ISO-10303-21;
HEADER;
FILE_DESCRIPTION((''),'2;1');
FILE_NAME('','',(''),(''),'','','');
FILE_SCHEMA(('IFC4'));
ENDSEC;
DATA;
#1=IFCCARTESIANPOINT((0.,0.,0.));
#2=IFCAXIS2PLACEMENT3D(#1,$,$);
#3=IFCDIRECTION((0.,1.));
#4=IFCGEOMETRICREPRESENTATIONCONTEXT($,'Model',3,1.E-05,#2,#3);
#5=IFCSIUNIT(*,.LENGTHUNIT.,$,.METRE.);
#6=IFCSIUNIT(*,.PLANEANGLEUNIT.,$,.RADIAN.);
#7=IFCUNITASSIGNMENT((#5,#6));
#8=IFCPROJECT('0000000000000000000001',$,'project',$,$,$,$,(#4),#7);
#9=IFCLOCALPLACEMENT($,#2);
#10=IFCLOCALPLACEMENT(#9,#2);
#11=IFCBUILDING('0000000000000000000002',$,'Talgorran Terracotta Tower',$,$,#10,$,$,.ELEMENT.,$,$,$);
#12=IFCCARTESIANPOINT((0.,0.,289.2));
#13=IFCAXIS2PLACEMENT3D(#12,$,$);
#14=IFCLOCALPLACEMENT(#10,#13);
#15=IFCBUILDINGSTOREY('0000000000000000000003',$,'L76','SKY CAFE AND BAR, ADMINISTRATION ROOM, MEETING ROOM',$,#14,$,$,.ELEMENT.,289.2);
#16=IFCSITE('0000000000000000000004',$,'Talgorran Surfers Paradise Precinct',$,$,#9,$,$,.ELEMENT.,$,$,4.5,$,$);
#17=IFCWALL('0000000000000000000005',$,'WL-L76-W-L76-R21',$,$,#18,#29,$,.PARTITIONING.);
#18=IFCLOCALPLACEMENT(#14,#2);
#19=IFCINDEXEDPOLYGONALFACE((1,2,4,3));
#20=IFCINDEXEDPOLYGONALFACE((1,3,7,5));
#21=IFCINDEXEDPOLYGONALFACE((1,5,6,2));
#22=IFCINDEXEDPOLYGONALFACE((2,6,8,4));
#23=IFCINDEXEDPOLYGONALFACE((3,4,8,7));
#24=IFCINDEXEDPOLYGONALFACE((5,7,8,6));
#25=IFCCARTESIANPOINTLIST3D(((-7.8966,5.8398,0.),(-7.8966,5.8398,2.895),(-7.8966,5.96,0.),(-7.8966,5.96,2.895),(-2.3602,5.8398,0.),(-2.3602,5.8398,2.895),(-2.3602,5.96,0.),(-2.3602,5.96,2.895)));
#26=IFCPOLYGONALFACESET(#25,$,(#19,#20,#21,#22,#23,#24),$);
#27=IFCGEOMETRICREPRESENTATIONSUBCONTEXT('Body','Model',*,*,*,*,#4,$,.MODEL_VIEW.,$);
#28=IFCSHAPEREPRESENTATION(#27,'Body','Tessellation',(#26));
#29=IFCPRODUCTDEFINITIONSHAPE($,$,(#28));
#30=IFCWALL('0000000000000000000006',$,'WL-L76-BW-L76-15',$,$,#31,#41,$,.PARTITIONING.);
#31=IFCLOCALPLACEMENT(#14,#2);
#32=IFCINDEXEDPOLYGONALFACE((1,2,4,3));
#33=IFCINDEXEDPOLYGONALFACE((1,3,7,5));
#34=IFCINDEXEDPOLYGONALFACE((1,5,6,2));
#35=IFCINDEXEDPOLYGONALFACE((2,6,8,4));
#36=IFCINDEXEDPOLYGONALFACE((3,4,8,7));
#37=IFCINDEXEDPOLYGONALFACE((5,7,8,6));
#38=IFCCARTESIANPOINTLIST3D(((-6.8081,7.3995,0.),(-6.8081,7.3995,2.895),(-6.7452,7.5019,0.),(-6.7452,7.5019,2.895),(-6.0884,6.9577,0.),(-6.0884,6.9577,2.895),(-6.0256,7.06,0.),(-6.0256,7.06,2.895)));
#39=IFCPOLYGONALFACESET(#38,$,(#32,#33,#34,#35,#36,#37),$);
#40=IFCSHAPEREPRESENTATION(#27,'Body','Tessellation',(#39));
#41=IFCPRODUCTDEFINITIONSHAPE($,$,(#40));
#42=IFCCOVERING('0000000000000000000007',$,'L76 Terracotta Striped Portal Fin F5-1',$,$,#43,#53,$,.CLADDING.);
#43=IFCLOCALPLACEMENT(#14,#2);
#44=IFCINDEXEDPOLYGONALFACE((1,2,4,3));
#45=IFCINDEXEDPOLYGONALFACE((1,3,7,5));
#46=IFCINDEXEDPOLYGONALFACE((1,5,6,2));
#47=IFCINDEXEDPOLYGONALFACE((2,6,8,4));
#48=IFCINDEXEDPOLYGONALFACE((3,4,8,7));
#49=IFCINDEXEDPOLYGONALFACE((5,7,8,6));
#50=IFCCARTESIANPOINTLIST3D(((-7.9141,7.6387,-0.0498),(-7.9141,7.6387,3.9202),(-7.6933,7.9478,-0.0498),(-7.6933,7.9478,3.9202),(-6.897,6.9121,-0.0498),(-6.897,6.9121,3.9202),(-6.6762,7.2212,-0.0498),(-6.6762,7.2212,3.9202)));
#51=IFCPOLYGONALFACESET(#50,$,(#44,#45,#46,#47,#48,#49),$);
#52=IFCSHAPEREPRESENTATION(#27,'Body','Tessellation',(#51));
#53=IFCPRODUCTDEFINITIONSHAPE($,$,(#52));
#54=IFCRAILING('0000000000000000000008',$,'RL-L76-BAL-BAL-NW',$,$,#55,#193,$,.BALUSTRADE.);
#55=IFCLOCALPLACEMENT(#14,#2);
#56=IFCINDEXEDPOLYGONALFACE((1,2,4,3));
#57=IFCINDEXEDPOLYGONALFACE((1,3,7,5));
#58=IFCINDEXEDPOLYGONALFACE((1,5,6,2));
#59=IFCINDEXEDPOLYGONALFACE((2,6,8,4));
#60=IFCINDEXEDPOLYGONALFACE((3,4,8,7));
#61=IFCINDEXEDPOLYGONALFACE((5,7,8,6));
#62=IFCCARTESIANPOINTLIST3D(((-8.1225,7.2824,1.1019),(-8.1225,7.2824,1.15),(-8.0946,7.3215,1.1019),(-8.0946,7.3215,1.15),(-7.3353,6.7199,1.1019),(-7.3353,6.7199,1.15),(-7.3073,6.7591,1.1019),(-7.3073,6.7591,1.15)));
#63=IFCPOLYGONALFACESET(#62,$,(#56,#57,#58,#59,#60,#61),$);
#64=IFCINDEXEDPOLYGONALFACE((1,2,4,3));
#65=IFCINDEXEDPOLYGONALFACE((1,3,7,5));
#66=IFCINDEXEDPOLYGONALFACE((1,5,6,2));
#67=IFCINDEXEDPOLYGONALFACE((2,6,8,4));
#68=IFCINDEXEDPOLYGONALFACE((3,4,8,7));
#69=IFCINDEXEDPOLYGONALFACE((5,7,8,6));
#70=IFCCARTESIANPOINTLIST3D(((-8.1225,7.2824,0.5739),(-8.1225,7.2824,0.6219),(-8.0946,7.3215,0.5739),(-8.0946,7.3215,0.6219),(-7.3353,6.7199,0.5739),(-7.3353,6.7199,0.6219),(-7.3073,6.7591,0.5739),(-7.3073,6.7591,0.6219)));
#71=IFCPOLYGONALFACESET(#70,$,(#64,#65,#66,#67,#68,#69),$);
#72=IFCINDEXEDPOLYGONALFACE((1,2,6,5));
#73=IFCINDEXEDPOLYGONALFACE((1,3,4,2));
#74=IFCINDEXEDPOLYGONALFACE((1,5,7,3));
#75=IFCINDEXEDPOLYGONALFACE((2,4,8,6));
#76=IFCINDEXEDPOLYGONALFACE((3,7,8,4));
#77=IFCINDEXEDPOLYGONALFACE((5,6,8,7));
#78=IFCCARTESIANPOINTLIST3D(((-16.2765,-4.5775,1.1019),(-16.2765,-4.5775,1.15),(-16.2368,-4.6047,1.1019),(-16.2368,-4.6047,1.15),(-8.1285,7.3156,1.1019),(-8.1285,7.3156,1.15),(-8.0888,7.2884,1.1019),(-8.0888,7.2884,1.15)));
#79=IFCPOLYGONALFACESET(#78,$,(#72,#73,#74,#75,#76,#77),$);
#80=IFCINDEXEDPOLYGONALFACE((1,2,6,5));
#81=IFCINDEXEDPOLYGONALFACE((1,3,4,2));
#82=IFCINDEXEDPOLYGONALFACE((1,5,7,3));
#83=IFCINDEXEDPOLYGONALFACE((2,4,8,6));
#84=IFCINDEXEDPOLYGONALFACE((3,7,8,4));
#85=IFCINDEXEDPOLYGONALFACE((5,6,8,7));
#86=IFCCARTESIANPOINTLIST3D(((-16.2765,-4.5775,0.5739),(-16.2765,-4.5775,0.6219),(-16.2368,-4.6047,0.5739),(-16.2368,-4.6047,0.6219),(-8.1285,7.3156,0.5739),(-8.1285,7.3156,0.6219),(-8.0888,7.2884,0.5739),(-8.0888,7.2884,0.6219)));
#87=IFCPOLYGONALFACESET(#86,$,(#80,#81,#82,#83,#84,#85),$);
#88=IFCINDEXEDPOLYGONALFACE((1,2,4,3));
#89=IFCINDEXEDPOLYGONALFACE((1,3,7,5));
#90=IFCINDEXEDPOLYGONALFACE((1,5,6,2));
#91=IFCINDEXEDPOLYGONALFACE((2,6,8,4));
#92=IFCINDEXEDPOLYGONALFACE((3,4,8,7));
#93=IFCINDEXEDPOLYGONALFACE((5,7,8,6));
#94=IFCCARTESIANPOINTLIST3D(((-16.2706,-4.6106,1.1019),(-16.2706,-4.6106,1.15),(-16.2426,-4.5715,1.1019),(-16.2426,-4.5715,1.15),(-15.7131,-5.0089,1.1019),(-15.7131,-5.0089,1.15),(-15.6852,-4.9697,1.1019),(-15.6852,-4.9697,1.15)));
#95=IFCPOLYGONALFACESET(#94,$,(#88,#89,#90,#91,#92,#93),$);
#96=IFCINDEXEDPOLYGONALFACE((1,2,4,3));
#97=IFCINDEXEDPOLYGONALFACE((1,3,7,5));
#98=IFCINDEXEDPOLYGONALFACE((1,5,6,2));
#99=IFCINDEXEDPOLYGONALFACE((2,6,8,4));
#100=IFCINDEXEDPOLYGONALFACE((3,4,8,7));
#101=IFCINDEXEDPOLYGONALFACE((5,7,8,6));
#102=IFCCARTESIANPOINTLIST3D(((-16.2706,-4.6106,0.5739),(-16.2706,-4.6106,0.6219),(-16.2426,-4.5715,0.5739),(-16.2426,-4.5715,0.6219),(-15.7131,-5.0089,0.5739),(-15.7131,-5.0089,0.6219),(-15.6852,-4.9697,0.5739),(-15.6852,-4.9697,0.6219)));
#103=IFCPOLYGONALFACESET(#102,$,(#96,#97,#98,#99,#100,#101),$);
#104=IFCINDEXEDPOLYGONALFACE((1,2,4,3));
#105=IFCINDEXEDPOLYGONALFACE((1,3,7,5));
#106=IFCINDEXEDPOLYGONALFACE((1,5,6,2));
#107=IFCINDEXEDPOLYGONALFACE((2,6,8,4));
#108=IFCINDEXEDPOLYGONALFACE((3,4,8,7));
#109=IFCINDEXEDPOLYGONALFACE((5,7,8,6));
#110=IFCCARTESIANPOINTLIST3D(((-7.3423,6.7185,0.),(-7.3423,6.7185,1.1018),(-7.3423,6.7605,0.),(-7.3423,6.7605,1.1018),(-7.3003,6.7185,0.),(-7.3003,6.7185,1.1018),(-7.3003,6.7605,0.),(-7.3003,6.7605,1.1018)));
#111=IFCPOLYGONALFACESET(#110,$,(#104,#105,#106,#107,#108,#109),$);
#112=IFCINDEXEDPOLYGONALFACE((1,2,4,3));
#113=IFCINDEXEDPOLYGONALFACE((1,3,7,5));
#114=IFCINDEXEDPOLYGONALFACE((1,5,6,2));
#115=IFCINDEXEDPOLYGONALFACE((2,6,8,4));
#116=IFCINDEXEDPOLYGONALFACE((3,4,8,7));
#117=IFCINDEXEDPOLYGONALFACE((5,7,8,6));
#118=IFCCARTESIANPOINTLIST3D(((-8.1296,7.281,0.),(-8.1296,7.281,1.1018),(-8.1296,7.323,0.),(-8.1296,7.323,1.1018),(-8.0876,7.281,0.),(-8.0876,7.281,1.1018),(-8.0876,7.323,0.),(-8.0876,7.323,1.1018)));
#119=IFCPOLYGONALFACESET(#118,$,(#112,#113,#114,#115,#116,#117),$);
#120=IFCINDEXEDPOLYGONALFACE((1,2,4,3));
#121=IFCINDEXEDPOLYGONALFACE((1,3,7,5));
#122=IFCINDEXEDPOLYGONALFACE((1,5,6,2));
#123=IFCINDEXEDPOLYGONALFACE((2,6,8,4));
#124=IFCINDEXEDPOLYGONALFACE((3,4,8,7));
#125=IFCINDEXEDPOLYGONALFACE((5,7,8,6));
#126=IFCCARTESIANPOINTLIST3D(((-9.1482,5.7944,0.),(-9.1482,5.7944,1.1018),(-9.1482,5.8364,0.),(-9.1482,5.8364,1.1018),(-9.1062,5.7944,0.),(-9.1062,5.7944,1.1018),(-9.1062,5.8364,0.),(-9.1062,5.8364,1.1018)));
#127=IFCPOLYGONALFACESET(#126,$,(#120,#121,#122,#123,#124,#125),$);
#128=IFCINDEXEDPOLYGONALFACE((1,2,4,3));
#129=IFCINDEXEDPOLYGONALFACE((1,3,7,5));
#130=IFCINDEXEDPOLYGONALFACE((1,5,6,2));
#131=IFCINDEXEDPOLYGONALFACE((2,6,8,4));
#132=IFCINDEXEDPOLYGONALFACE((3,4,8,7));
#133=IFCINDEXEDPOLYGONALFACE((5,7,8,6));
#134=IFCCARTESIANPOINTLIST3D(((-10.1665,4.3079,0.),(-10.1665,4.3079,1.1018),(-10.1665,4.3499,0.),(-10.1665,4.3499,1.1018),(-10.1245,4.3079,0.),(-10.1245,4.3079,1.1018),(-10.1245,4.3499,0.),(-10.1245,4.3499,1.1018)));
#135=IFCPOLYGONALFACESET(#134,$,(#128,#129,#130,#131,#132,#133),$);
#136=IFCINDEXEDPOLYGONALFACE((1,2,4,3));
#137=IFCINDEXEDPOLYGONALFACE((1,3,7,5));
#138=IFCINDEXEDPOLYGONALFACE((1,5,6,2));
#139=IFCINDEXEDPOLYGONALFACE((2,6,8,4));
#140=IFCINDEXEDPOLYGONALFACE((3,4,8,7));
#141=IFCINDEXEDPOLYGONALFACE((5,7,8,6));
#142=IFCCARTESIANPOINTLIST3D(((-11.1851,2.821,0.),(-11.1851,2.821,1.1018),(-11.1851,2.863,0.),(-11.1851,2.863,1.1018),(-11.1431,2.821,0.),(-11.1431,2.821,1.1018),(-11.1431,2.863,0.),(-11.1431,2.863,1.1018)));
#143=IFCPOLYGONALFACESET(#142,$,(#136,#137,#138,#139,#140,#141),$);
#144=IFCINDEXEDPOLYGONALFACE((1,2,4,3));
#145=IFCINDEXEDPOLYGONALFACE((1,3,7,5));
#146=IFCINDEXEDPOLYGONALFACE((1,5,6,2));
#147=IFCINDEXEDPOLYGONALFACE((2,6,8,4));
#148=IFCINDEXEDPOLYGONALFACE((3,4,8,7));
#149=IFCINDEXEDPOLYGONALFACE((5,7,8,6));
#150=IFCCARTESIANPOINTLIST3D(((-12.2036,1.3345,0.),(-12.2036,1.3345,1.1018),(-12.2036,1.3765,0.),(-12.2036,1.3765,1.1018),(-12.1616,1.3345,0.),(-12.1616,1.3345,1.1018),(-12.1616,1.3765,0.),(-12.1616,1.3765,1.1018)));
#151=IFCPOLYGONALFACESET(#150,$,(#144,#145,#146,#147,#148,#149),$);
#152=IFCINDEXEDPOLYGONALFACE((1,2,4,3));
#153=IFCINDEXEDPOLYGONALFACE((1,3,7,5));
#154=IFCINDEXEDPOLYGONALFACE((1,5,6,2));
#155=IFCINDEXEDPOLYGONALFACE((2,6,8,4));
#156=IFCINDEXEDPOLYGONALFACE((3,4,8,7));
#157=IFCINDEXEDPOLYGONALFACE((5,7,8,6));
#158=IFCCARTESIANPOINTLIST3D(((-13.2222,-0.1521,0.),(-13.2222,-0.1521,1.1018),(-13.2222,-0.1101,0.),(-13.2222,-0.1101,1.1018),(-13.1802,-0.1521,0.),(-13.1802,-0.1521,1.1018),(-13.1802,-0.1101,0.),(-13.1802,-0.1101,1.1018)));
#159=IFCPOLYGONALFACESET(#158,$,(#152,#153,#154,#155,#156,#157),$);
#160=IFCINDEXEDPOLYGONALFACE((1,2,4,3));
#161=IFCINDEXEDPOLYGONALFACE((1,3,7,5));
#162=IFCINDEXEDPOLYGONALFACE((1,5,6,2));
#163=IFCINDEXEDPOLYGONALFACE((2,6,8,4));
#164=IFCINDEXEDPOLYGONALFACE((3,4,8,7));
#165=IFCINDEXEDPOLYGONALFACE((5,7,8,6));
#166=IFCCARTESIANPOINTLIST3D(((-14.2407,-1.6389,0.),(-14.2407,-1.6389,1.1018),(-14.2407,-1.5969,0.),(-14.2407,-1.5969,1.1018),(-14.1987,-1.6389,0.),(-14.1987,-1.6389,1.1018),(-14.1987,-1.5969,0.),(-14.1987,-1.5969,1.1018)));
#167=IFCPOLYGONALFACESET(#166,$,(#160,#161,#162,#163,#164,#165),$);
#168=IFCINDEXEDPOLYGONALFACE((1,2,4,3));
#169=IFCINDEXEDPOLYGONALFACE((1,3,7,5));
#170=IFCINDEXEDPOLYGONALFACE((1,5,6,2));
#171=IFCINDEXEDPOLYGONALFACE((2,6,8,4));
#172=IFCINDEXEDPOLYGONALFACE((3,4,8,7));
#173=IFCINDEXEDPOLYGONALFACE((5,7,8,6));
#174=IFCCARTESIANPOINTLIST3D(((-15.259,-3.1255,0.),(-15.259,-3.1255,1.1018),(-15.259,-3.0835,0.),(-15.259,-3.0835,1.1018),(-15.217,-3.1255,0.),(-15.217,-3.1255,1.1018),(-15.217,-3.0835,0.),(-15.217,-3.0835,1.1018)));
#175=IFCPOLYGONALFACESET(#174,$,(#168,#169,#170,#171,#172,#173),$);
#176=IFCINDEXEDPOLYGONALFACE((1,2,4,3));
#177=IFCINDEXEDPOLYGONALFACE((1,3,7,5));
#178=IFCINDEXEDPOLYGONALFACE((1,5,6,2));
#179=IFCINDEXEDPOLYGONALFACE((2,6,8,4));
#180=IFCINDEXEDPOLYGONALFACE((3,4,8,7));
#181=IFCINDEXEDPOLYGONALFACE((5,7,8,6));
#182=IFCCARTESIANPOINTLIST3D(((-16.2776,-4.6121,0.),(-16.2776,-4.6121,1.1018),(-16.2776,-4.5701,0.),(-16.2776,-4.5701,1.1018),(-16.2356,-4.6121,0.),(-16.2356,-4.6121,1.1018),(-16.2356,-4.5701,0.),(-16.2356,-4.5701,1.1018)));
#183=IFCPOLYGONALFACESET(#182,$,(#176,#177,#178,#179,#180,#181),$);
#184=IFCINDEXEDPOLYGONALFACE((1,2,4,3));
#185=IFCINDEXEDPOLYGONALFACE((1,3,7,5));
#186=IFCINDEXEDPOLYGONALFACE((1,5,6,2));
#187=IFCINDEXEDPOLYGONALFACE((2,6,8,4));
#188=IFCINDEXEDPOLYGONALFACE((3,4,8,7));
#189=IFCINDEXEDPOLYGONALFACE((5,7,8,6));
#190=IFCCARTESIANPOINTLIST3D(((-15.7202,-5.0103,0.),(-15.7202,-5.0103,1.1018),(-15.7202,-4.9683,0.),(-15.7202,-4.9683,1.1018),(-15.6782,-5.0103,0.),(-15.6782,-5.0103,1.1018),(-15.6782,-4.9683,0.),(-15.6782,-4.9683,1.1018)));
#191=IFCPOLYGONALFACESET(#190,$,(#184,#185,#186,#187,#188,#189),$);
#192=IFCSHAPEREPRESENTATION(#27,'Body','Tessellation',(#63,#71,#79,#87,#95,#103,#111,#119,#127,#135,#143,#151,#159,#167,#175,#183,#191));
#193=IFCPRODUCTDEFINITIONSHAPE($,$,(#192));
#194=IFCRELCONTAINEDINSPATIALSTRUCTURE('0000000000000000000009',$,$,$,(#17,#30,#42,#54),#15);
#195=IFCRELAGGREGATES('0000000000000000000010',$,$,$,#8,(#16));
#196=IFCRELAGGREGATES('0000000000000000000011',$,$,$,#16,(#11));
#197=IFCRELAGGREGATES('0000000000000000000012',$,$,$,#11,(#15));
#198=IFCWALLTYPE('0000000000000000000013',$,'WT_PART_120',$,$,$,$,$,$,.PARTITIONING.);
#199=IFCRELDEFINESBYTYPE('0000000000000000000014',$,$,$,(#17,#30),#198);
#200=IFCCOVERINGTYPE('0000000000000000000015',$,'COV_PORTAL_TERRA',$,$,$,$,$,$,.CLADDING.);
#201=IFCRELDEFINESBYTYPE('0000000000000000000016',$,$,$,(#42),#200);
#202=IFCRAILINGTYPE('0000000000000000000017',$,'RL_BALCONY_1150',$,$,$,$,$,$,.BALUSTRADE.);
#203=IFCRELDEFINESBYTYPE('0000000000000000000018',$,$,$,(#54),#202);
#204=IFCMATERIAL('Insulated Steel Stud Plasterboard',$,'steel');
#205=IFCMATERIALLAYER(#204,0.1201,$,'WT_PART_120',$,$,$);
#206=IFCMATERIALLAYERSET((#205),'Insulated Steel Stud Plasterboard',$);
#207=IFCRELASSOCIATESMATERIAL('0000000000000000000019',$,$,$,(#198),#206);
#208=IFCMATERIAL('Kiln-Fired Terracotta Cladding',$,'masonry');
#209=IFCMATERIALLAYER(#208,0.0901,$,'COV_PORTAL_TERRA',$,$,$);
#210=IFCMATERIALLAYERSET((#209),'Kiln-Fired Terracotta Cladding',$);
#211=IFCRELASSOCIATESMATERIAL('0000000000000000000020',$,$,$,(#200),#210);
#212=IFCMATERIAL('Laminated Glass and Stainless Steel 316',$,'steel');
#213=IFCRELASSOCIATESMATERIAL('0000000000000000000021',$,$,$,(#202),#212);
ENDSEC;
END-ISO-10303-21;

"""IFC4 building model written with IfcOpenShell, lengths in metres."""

from ifc_helpers import new_model, si_unit, direction, frame, frame_2d, origin, origin_2d, place, context, subcontext, project, spatial, rectangle, extrude, material, layer, layer_set, type_object, element, save


model = new_model("IFC4")

# Units and contexts
model_context = context("Model", 3, precision=1e-05, world=origin(), true_north=direction((0.0, 1.0)))
body_context = subcontext(model_context, "Body", "Model", "MODEL_VIEW")
ifc_project = project(units=[si_unit("LENGTHUNIT", "METRE"), si_unit("PLANEANGLEUNIT", "RADIAN")], contexts=[model_context])

# Site, building, storey
site_placement = place(None, origin())
site = spatial("IfcSite", under=ifc_project, at=site_placement, Name="Talgorran Surfers Paradise Precinct", CompositionType="ELEMENT", RefElevation=4.5)
building_placement = place(site_placement, origin())
building = spatial("IfcBuilding", under=site, at=building_placement, Name="Talgorran Terracotta Tower", CompositionType="ELEMENT")
storey_placement = place(building_placement, frame((0.0, 0.0, 289.2)))
storey = spatial("IfcBuildingStorey", under=building, at=storey_placement, Name="L76", Description="SKY CAFE AND BAR, ADMINISTRATION ROOM, MEETING ROOM", CompositionType="ELEMENT", Elevation=289.2)

# Walls
ifc_material_1 = material(Name="Insulated Steel Stud Plasterboard", Category="steel")
ifc_layer_1 = layer(ifc_material_1, 0.1201, Name="WT_PART_120")
ifc_layer_set_1 = layer_set([ifc_layer_1], Name="Insulated Steel Stud Plasterboard")
wall_type_1 = type_object("IfcWallType", Name="WT_PART_120", PredefinedType="PARTITIONING", material=ifc_layer_set_1)
wall_1_placement = place(storey_placement, frame((-7.8965, 5.8999, 0.0), z_axis=(0.0, 0.0, 1.0), x_axis=(1.0, 0.0, 0.0)))
element("IfcWall", 1, at=wall_1_placement, inside=storey, type_object=wall_type_1, Name="WL-L76-W-L76-R21", PredefinedType="PARTITIONING", context=body_context, shape_type="SweptSolid", body=[
    extrude(rectangle(XDim=5.5364, YDim=0.1201, at=frame_2d((2.7681, 0.0))), origin(), (0.0, 0.0, 1.0), 2.895),
])
wall_2_placement = place(storey_placement, frame((-6.0569, 7.0088, 0.0), z_axis=(0.0, 0.0, 1.0), x_axis=(-0.852194, 0.523226, 0.0)))
element("IfcWall", 2, at=wall_2_placement, inside=storey, type_object=wall_type_1, Name="WL-L76-BW-L76-15", PredefinedType="PARTITIONING", context=body_context, shape_type="SweptSolid", body=[
    extrude(rectangle(XDim=0.8445, YDim=0.1201, at=frame_2d((0.4224, 0.0))), origin(), (0.0, 0.0, 1.0), 2.895),
])

# Covering
ifc_material_2 = material(Name="Kiln-Fired Terracotta Cladding", Category="masonry")
ifc_layer_2 = layer(ifc_material_2, 0.0901, Name="COV_PORTAL_TERRA")
ifc_layer_set_2 = layer_set([ifc_layer_2], Name="Kiln-Fired Terracotta Cladding")
covering_type = type_object("IfcCoveringType", Name="COV_PORTAL_TERRA", PredefinedType="CLADDING", material=ifc_layer_set_2)
covering_placement = place(storey_placement, frame((-7.2952, 7.4299, -0.0498), z_axis=(0.0, 0.0, 1.0), x_axis=(-0.581257, -0.81372, 0.0)))
element("IfcCovering", 3, at=covering_placement, inside=storey, type_object=covering_type, Name="L76 Terracotta Striped Portal Fin F5-1", PredefinedType="CLADDING", context=body_context, shape_type="SweptSolid", body=[
    extrude(rectangle(XDim=0.3799, YDim=1.25, at=origin_2d()), origin(), (0.0, 0.0, 1.0), 3.97),
])

# Railing
ifc_material_3 = material(Name="Laminated Glass and Stainless Steel 316", Category="steel")
railing_type = type_object("IfcRailingType", Name="RL_BALCONY_1150", PredefinedType="BALUSTRADE", material=ifc_material_3)
railing_placement = place(storey_placement, frame((-7.3213, 6.7395, 0.0)))
element("IfcRailing", 4, at=railing_placement, inside=storey, type_object=railing_type, Name="RL-L76-BAL-BAL-NW", PredefinedType="BALUSTRADE", context=body_context, shape_type="SweptSolid", body=[
    extrude(rectangle(XDim=0.0481, YDim=0.0481, at=origin_2d()), frame((0.0, 0.0, 1.126), z_axis=(-0.813682, 0.58131, 0.0), x_axis=(-0.58131, -0.813682, 0.0)), (0.0, 0.0, 1.0), 0.9675),
    extrude(rectangle(XDim=0.0481, YDim=0.0481, at=origin_2d()), frame((0.0, 0.0, 0.5979), z_axis=(-0.813682, 0.58131, 0.0), x_axis=(-0.58131, -0.813682, 0.0)), (0.0, 0.0, 1.0), 0.9675),
    extrude(rectangle(XDim=0.0481, YDim=0.0481, at=origin_2d()), frame((-0.7874, 0.5625, 1.126), z_axis=(-0.565184, -0.824965, 0.0), x_axis=(0.824965, -0.565184, 0.0)), (0.0, 0.0, 1.0), 14.4165),
    extrude(rectangle(XDim=0.0481, YDim=0.0481, at=origin_2d()), frame((-0.7874, 0.5625, 0.5979), z_axis=(-0.565184, -0.824965, 0.0), x_axis=(0.824965, -0.565184, 0.0)), (0.0, 0.0, 1.0), 14.4165),
    extrude(rectangle(XDim=0.0481, YDim=0.0481, at=origin_2d()), frame((-8.9353, -11.3306, 1.126), z_axis=(0.813685, -0.581306, 0.0), x_axis=(0.581306, 0.813685, 0.0)), (0.0, 0.0, 1.0), 0.6851),
    extrude(rectangle(XDim=0.0481, YDim=0.0481, at=origin_2d()), frame((-8.9353, -11.3306, 0.5979), z_axis=(0.813685, -0.581306, 0.0), x_axis=(0.581306, 0.813685, 0.0)), (0.0, 0.0, 1.0), 0.6851),
    extrude(rectangle(XDim=0.042, YDim=0.042, at=origin_2d()), origin(), (0.0, 0.0, 1.0), 1.1018),
    extrude(rectangle(XDim=0.042, YDim=0.042, at=origin_2d()), frame((-0.7874, 0.5625, 0.0)), (0.0, 0.0, 1.0), 1.1018),
    extrude(rectangle(XDim=0.042, YDim=0.042, at=origin_2d()), frame((-1.8059, -0.9241, 0.0)), (0.0, 0.0, 1.0), 1.1018),
    extrude(rectangle(XDim=0.042, YDim=0.042, at=origin_2d()), frame((-2.8242, -2.4106, 0.0)), (0.0, 0.0, 1.0), 1.1018),
    extrude(rectangle(XDim=0.042, YDim=0.042, at=origin_2d()), frame((-3.8428, -3.8975, 0.0)), (0.0, 0.0, 1.0), 1.1018),
    extrude(rectangle(XDim=0.042, YDim=0.042, at=origin_2d()), frame((-4.8613, -5.384, 0.0)), (0.0, 0.0, 1.0), 1.1018),
    extrude(rectangle(XDim=0.042, YDim=0.042, at=origin_2d()), frame((-5.8799, -6.8706, 0.0)), (0.0, 0.0, 1.0), 1.1018),
    extrude(rectangle(XDim=0.042, YDim=0.042, at=origin_2d()), frame((-6.8984, -8.3574, 0.0)), (0.0, 0.0, 1.0), 1.1018),
    extrude(rectangle(XDim=0.042, YDim=0.042, at=origin_2d()), frame((-7.9167, -9.844, 0.0)), (0.0, 0.0, 1.0), 1.1018),
    extrude(rectangle(XDim=0.042, YDim=0.042, at=origin_2d()), frame((-8.9353, -11.3306, 0.0)), (0.0, 0.0, 1.0), 1.1018),
    extrude(rectangle(XDim=0.042, YDim=0.042, at=origin_2d()), frame((-8.3779, -11.7288, 0.0)), (0.0, 0.0, 1.0), 1.1018),
])

save(model, "model.ifc")
